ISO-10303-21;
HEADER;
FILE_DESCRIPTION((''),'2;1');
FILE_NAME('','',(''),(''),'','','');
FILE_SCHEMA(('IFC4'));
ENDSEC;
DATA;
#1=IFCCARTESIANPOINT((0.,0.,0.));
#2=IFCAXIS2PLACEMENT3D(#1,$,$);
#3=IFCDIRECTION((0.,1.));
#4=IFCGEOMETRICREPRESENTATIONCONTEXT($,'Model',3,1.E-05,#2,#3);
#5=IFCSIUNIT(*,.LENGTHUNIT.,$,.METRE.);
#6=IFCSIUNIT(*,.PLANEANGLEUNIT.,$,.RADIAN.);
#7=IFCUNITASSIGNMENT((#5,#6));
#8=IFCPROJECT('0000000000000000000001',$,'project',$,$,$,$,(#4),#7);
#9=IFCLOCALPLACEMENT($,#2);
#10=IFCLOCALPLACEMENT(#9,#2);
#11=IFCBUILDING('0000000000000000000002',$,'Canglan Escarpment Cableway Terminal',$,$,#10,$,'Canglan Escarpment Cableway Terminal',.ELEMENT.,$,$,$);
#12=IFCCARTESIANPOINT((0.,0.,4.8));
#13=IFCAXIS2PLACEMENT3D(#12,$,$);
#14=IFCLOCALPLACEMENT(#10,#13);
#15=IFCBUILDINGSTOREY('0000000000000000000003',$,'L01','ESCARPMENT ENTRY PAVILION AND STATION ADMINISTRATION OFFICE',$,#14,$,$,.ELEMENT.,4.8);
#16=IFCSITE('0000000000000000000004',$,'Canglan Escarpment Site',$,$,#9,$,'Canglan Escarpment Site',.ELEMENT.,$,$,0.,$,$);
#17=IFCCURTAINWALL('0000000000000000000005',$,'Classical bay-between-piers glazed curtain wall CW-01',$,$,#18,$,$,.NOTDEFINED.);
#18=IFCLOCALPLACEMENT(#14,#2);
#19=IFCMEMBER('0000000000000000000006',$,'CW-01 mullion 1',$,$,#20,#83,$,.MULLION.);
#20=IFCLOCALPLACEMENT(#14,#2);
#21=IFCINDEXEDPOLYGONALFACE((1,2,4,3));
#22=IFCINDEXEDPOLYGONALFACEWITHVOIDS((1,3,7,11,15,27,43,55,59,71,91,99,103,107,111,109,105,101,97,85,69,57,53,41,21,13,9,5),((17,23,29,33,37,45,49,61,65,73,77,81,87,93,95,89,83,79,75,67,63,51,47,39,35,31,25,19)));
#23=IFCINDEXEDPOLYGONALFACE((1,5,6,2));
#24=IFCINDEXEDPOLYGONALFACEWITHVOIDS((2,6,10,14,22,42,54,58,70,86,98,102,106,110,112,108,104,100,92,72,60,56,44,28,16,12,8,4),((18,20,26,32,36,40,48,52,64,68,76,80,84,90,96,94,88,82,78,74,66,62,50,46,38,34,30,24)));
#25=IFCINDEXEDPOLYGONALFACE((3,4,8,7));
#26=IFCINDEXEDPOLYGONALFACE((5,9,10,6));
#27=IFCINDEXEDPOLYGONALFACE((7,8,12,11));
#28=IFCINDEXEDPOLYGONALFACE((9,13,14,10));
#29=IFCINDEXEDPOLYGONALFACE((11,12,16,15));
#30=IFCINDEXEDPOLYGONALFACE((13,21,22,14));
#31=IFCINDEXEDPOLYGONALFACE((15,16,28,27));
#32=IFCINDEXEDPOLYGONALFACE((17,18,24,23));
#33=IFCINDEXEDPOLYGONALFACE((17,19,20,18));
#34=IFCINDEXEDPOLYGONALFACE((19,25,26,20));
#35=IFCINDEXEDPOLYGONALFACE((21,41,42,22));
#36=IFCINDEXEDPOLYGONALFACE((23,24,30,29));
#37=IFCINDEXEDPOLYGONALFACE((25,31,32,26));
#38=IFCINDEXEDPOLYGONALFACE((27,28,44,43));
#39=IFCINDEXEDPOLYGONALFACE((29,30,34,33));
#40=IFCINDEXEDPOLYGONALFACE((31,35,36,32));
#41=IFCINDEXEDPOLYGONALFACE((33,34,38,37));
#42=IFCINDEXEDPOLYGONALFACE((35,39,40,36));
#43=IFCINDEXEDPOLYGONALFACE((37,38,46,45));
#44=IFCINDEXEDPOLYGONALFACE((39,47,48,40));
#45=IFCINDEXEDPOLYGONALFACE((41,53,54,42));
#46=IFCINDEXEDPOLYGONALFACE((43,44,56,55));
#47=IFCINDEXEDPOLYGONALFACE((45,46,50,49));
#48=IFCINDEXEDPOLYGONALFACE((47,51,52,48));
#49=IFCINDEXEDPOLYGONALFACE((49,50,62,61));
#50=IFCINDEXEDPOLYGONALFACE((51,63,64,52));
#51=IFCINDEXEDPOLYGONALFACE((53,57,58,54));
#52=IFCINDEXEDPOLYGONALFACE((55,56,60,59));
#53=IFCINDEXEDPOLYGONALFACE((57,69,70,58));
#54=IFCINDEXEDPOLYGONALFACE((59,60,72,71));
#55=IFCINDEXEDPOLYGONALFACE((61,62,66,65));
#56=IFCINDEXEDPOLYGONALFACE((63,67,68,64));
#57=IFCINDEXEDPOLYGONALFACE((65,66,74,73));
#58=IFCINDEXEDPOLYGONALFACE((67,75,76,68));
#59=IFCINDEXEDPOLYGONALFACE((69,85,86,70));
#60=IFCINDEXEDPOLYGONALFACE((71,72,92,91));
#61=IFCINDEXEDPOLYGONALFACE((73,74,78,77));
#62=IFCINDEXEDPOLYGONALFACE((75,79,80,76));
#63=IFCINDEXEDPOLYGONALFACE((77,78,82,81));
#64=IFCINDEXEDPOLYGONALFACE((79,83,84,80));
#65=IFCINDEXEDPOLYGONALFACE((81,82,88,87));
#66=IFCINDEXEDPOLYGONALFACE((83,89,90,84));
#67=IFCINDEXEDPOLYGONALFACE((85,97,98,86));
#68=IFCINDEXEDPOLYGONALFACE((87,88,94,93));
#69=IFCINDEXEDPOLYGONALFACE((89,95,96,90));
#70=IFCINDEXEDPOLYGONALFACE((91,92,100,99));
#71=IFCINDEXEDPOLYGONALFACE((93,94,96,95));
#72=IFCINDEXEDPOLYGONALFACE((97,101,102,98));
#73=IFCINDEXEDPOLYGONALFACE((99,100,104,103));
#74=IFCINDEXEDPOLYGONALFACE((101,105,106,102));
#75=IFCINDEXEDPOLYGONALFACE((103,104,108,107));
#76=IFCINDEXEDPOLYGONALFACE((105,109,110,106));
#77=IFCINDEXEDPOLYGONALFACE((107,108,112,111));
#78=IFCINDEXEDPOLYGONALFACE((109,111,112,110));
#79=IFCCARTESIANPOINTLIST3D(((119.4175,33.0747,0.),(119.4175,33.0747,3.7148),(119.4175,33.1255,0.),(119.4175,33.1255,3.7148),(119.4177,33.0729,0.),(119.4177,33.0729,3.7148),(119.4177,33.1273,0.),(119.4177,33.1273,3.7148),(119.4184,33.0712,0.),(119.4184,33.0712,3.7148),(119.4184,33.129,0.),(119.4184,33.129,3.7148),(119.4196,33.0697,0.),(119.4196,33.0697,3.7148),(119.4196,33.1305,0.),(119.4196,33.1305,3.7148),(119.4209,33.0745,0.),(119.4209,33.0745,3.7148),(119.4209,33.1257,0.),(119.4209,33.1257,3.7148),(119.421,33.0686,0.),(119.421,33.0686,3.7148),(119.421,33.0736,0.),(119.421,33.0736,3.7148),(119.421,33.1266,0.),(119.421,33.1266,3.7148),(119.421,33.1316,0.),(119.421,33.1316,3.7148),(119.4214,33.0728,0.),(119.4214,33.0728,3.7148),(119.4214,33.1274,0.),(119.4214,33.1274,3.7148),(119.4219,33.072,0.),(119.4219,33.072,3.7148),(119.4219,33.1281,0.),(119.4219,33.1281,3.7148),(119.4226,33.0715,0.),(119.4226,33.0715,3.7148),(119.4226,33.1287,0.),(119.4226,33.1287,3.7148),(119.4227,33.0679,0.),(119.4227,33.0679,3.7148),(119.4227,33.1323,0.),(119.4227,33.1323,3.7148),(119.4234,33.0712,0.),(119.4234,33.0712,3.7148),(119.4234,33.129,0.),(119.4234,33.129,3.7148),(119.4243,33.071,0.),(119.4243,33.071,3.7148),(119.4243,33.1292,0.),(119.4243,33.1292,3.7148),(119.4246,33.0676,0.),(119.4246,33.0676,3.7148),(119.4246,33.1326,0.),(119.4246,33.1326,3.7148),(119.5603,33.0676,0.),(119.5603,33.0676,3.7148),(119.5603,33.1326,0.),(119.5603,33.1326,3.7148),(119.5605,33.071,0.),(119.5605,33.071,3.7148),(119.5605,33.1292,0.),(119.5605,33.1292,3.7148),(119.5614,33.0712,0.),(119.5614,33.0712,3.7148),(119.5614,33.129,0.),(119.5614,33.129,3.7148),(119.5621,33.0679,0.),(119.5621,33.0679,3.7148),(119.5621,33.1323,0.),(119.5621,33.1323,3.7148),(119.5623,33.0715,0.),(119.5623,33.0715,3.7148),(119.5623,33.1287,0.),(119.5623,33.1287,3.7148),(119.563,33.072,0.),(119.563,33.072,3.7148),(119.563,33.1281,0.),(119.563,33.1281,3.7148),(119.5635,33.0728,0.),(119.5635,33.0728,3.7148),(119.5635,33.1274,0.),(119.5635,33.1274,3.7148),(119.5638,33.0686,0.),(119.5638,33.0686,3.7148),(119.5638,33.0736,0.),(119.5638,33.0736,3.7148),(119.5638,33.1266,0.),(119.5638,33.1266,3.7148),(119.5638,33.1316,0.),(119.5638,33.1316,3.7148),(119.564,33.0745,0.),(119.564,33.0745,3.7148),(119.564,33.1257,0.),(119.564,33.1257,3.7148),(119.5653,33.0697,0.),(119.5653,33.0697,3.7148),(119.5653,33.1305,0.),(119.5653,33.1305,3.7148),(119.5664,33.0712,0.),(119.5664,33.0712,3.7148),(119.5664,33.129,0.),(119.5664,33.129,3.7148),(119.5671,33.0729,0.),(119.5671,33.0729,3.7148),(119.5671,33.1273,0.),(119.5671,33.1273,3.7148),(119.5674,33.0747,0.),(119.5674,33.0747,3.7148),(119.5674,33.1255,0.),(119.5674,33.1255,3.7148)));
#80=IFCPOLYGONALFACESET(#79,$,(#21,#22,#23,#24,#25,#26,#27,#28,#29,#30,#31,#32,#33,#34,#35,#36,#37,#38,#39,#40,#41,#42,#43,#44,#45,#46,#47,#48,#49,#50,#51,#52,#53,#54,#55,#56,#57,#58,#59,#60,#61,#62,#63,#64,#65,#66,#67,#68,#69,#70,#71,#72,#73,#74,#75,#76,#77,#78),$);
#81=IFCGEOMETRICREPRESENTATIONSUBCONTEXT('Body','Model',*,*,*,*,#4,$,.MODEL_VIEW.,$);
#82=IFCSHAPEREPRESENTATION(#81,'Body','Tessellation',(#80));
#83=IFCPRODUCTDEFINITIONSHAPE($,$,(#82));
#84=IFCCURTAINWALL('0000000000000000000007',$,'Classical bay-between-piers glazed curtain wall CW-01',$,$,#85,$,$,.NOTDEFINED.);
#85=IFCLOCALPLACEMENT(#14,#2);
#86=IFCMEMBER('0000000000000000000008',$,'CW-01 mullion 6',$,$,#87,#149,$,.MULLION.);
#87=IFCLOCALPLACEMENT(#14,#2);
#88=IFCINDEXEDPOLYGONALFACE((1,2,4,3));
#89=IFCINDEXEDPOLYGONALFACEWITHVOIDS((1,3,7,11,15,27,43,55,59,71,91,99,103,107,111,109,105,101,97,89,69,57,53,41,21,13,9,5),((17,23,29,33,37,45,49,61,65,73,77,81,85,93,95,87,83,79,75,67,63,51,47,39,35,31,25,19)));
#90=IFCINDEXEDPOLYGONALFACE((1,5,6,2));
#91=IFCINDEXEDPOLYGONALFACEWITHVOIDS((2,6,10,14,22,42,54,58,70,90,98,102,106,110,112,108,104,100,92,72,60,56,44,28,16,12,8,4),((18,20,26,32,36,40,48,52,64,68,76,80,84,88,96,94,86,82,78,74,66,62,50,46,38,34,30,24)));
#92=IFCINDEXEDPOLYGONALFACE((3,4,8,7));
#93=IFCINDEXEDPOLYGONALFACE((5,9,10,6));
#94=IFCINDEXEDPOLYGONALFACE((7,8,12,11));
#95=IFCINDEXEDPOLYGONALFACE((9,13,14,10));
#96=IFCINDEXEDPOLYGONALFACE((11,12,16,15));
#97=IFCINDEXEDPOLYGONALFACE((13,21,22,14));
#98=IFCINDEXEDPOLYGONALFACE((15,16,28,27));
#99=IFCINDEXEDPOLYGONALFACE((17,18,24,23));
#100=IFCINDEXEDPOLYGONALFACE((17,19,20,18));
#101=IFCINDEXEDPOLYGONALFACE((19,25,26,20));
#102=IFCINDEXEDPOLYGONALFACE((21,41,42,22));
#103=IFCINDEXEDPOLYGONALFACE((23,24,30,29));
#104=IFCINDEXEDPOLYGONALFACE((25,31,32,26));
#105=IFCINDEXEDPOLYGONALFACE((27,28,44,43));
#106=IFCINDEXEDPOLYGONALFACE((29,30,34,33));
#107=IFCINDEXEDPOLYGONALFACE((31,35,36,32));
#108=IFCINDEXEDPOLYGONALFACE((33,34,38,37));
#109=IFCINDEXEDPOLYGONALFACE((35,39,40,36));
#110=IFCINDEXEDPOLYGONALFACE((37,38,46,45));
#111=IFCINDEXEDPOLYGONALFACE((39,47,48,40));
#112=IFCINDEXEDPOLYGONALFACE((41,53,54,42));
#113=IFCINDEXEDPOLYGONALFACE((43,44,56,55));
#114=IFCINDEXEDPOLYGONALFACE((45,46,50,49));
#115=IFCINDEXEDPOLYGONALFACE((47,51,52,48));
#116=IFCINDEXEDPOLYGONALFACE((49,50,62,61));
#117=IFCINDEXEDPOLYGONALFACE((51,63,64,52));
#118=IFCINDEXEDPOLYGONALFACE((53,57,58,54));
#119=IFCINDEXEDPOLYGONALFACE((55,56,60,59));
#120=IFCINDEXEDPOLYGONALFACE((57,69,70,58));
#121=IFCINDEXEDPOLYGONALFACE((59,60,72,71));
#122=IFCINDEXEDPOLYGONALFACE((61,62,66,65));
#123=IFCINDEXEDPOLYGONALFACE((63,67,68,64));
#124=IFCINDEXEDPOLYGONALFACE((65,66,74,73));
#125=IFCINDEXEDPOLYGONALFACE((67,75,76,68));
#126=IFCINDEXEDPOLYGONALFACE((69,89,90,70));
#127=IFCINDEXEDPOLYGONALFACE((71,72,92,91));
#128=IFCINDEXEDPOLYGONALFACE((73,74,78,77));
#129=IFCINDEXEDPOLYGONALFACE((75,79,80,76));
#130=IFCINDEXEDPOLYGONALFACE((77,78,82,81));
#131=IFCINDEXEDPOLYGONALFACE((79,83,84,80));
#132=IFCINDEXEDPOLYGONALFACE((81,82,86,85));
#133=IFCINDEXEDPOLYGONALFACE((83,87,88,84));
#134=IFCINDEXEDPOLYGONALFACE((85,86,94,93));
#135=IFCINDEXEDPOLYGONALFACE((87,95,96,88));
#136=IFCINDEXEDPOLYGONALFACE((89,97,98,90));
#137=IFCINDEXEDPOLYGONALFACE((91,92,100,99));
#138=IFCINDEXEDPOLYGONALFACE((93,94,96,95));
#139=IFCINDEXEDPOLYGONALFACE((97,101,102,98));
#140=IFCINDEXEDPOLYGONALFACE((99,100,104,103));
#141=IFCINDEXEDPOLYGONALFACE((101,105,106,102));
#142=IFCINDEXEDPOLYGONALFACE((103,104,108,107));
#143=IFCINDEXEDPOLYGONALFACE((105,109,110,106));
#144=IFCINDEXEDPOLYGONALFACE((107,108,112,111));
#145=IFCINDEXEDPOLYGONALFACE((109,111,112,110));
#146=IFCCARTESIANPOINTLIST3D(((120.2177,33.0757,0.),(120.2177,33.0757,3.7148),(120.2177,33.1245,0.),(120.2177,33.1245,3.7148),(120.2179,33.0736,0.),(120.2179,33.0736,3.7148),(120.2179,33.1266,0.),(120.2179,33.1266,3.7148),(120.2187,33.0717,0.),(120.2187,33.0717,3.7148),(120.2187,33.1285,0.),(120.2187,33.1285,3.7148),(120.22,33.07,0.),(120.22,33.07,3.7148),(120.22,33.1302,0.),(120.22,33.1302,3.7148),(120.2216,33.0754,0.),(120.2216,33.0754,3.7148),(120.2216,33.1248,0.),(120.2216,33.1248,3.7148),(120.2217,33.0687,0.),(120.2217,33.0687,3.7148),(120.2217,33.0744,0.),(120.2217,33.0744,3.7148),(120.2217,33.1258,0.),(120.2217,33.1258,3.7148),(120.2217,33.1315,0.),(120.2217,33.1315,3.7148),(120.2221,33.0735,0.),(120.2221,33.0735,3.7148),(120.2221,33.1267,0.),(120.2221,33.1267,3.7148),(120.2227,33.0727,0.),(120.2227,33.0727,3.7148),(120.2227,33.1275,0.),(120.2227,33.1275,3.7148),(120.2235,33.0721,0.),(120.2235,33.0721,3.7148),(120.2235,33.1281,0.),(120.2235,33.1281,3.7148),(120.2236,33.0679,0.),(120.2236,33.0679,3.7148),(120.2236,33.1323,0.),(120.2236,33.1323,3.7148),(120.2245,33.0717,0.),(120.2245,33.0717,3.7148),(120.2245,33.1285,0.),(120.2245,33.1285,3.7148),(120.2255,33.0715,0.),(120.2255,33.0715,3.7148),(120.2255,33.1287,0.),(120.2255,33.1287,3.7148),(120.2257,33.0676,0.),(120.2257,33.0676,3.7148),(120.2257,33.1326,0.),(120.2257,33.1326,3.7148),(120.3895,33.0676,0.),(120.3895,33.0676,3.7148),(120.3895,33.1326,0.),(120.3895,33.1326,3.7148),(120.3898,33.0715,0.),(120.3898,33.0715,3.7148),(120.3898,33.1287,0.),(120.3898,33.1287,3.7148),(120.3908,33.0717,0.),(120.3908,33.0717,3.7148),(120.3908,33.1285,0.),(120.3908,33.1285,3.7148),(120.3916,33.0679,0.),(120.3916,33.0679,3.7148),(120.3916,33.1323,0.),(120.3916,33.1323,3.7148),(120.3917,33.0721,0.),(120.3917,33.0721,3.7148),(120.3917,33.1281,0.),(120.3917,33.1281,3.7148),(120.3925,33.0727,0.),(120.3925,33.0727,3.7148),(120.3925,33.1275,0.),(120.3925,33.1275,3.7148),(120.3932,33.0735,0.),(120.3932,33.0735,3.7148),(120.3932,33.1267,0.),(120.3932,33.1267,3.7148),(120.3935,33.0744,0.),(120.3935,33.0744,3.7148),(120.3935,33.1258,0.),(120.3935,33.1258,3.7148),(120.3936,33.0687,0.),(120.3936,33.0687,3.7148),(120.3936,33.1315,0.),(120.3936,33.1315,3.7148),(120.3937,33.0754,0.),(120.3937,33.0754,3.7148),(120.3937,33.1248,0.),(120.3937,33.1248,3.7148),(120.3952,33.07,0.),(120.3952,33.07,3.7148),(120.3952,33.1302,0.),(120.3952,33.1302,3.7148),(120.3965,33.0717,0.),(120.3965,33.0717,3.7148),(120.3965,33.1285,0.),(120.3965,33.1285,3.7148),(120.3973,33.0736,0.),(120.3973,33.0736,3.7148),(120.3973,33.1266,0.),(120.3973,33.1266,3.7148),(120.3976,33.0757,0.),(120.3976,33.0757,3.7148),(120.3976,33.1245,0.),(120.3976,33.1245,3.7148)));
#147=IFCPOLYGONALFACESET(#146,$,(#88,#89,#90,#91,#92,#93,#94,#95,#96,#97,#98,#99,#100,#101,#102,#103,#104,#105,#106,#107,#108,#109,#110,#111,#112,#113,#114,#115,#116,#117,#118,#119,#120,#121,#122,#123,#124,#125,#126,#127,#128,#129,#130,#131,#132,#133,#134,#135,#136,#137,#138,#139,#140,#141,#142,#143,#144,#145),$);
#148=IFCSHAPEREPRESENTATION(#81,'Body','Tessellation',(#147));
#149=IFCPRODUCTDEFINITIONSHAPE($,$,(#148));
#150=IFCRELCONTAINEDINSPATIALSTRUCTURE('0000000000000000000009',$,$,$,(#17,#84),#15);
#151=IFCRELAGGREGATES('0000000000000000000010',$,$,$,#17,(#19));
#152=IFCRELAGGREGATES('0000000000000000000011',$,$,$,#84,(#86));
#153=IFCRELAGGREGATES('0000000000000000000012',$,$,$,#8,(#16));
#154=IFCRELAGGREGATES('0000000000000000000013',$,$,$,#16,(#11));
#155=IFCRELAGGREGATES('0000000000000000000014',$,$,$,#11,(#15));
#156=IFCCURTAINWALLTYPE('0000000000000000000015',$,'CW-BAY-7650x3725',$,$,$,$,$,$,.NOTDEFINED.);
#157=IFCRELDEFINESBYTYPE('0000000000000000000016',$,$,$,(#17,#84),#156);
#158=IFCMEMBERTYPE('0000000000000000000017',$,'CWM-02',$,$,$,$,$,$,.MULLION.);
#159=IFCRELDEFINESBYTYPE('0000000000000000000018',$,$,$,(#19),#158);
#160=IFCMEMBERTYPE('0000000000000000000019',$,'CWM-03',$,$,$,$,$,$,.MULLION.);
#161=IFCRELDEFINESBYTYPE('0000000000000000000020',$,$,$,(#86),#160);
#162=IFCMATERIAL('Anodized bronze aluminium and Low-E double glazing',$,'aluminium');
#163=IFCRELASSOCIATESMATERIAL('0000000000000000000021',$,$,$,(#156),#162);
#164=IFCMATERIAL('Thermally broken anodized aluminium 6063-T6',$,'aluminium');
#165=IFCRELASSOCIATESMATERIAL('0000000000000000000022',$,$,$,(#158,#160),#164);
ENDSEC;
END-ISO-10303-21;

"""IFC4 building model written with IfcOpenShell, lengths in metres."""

from ifc_helpers import new_model, si_unit, direction, frame, origin, origin_2d, place, context, subcontext, project, spatial, hollow_rectangle, extrude, material, material_profile, profile_set, type_object, element, aggregate, save


model = new_model("IFC4")

# Units and contexts
model_context = context("Model", 3, precision=1e-05, world=origin(), true_north=direction((0.0, 1.0)))
body_context = subcontext(model_context, "Body", "Model", "MODEL_VIEW")
ifc_project = project(units=[si_unit("LENGTHUNIT", "METRE"), si_unit("PLANEANGLEUNIT", "RADIAN")], contexts=[model_context])

# Site, building, storey
site_placement = place(None, origin())
site = spatial("IfcSite", under=ifc_project, at=site_placement, Name="Canglan Escarpment Site", LongName="Canglan Escarpment Site", CompositionType="ELEMENT", RefElevation=0.0)
building_placement = place(site_placement, origin())
building = spatial("IfcBuilding", under=site, at=building_placement, Name="Canglan Escarpment Cableway Terminal", LongName="Canglan Escarpment Cableway Terminal", CompositionType="ELEMENT")
storey_placement = place(building_placement, frame((0.0, 0.0, 4.8)))
storey = spatial("IfcBuildingStorey", under=building, at=storey_placement, Name="L01", Description="ESCARPMENT ENTRY PAVILION AND STATION ADMINISTRATION OFFICE", CompositionType="ELEMENT", Elevation=4.8)

# Curtain walls, members
ifc_material_1 = material(Name="Anodized bronze aluminium and Low-E double glazing", Category="aluminium")
curtain_wall_type = type_object("IfcCurtainWallType", Name="CW-BAY-7650x3725", PredefinedType="NOTDEFINED", material=ifc_material_1)
curtain_wall_1_placement = place(storey_placement, origin())
curtain_wall_1 = element("IfcCurtainWall", 1, at=curtain_wall_1_placement, inside=storey, type_object=curtain_wall_type, Name="Classical bay-between-piers glazed curtain wall CW-01", PredefinedType="NOTDEFINED")
ifc_material_2 = material(Name="Thermally broken anodized aluminium 6063-T6", Category="aluminium")
ifc_material_profile_1 = material_profile(ifc_material_2, hollow_rectangle(XDim=0.0649, YDim=0.1499, WallThickness=0.0034, InnerFilletRadius=0.0034, OuterFilletRadius=0.0071, at=origin_2d()), Name="ALU-MULL 65x150x3.5")
ifc_profile_set_1 = profile_set([ifc_material_profile_1], Name="Thermally broken anodized aluminium 6063-T6")
member_type_1 = type_object("IfcMemberType", Name="CWM-02", PredefinedType="MULLION", material=ifc_profile_set_1)
member_1_placement = place(storey_placement, frame((119.4924, 33.1001, 0.0), z_axis=(0.0, 0.0, 1.0), x_axis=(0.0, -1.0, 0.0)))
member_1 = element("IfcMember", 2, at=member_1_placement, type_object=member_type_1, Name="CW-01 mullion 1", PredefinedType="MULLION", context=body_context, shape_type="SweptSolid", body=[
    extrude(hollow_rectangle(XDim=0.0649, YDim=0.1499, WallThickness=0.0034, InnerFilletRadius=0.0034, OuterFilletRadius=0.0071, at=origin_2d()), origin(), (0.0, 0.0, 1.0), 3.7148),
])
curtain_wall_2_placement = place(storey_placement, origin())
curtain_wall_2 = element("IfcCurtainWall", 3, at=curtain_wall_2_placement, inside=storey, type_object=curtain_wall_type, Name="Classical bay-between-piers glazed curtain wall CW-01", PredefinedType="NOTDEFINED")
ifc_material_profile_2 = material_profile(ifc_material_2, hollow_rectangle(XDim=0.0649, YDim=0.1799, WallThickness=0.0039, InnerFilletRadius=0.0039, OuterFilletRadius=0.0081, at=origin_2d()), Name="ALU-MULL 65x180x4")
ifc_profile_set_2 = profile_set([ifc_material_profile_2], Name="Thermally broken anodized aluminium 6063-T6")
member_type_2 = type_object("IfcMemberType", Name="CWM-03", PredefinedType="MULLION", material=ifc_profile_set_2)
member_2_placement = place(storey_placement, frame((120.3076, 33.1001, 0.0), z_axis=(0.0, 0.0, 1.0), x_axis=(0.0, -1.0, 0.0)))
member_2 = element("IfcMember", 4, at=member_2_placement, type_object=member_type_2, Name="CW-01 mullion 6", PredefinedType="MULLION", context=body_context, shape_type="SweptSolid", body=[
    extrude(hollow_rectangle(XDim=0.0649, YDim=0.1799, WallThickness=0.0039, InnerFilletRadius=0.0039, OuterFilletRadius=0.0081, at=origin_2d()), origin(), (0.0, 0.0, 1.0), 3.7148),
])

aggregate(curtain_wall_1, [member_1])

aggregate(curtain_wall_2, [member_2])

save(model, "model.ifc")
